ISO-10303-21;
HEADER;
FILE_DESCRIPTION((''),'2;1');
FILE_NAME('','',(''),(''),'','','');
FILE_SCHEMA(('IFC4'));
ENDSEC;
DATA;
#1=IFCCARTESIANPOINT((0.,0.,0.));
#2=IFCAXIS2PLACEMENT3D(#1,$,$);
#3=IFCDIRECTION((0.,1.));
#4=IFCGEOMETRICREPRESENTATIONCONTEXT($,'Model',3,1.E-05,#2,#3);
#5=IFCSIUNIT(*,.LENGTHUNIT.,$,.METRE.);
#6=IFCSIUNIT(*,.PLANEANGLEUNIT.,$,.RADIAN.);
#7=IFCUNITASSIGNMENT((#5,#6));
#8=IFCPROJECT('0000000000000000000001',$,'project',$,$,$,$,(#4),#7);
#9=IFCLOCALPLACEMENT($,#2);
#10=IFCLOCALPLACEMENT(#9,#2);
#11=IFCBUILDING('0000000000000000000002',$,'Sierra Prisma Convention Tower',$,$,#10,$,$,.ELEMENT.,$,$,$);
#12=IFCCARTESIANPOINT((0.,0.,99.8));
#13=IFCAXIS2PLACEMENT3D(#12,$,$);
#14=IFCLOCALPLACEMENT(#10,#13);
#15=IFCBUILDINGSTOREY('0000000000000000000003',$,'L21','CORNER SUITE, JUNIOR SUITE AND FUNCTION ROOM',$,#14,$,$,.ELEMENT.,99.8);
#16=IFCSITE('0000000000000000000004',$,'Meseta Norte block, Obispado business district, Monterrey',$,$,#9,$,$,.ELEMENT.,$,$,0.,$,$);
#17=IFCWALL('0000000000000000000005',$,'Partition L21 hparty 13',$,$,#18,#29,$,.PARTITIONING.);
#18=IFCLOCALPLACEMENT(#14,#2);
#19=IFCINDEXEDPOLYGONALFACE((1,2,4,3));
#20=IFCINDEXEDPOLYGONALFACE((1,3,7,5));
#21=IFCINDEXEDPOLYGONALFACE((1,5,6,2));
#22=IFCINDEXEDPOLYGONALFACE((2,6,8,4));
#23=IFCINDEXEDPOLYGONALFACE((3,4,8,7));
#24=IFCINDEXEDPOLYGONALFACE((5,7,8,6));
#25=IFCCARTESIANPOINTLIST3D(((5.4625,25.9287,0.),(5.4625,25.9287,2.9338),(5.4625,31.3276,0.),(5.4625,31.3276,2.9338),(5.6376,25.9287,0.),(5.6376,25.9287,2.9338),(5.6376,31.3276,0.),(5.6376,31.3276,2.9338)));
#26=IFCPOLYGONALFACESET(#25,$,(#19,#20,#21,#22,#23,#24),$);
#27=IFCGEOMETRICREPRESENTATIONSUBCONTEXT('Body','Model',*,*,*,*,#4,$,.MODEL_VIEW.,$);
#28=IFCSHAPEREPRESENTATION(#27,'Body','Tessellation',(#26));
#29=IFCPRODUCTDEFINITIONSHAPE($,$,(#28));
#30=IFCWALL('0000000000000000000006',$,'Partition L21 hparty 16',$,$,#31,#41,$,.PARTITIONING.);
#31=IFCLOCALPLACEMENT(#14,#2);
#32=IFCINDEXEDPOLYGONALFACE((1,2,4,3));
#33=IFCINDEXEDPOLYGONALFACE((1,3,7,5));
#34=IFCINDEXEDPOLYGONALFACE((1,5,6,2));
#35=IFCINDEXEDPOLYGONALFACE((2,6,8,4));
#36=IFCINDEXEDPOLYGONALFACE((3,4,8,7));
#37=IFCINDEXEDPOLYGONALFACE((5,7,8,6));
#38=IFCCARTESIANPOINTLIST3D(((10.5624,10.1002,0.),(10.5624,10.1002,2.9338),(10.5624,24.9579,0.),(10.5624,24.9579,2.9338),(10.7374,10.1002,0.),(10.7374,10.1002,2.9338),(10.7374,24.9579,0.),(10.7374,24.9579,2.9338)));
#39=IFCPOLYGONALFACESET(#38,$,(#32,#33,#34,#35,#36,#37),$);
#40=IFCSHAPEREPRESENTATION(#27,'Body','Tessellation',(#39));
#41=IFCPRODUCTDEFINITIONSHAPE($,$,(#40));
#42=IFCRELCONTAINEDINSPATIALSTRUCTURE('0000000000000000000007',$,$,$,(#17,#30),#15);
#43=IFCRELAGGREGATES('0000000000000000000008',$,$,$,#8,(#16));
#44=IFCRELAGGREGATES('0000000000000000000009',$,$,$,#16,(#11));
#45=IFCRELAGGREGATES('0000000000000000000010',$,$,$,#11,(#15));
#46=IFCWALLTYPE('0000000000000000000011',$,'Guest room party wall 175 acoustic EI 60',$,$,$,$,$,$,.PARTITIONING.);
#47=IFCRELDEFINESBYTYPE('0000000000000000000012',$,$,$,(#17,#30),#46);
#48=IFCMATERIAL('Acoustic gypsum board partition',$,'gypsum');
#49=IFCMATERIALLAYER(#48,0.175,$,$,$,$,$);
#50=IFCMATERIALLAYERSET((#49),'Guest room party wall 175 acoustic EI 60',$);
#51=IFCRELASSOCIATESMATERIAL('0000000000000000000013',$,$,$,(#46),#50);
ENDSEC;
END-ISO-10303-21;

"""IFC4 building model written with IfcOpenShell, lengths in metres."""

from ifc_helpers import new_model, si_unit, direction, frame, frame_2d, origin, place, context, subcontext, project, spatial, rectangle, extrude, material, layer, layer_set, type_object, element, save


model = new_model("IFC4")

# Units and contexts
model_context = context("Model", 3, precision=1e-05, world=origin(), true_north=direction((0.0, 1.0)))
body_context = subcontext(model_context, "Body", "Model", "MODEL_VIEW")
ifc_project = project(units=[si_unit("LENGTHUNIT", "METRE"), si_unit("PLANEANGLEUNIT", "RADIAN")], contexts=[model_context])

# Site, building, storey
site_placement = place(None, origin())
site = spatial("IfcSite", under=ifc_project, at=site_placement, Name="Meseta Norte block, Obispado business district, Monterrey", CompositionType="ELEMENT", RefElevation=0.0)
building_placement = place(site_placement, origin())
building = spatial("IfcBuilding", under=site, at=building_placement, Name="Sierra Prisma Convention Tower", CompositionType="ELEMENT")
storey_placement = place(building_placement, frame((0.0, 0.0, 99.8)))
storey = spatial("IfcBuildingStorey", under=building, at=storey_placement, Name="L21", Description="CORNER SUITE, JUNIOR SUITE AND FUNCTION ROOM", CompositionType="ELEMENT", Elevation=99.8)

# Walls
ifc_material_1 = material(Name="Acoustic gypsum board partition", Category="gypsum")
ifc_layer_1 = layer(ifc_material_1, 0.175)
ifc_layer_set_1 = layer_set([ifc_layer_1], Name="Guest room party wall 175 acoustic EI 60")
wall_type_1 = type_object("IfcWallType", Name="Guest room party wall 175 acoustic EI 60", PredefinedType="PARTITIONING", material=ifc_layer_set_1)
wall_1_placement = place(storey_placement, frame((5.55, 25.9287, 0.0), z_axis=(0.0, 0.0, 1.0), x_axis=(0.0, 1.0, 0.0)))
element("IfcWall", 1, at=wall_1_placement, inside=storey, type_object=wall_type_1, Name="Partition L21 hparty 13", PredefinedType="PARTITIONING", context=body_context, shape_type="SweptSolid", body=[
    extrude(rectangle(XDim=5.3989, YDim=0.175, at=frame_2d((2.6995, 0.0))), origin(), (0.0, 0.0, 1.0), 2.9338),
])
wall_2_placement = place(storey_placement, frame((10.6499, 24.9578, 0.0), z_axis=(0.0, 0.0, 1.0), x_axis=(0.0, -1.0, 0.0)))
element("IfcWall", 2, at=wall_2_placement, inside=storey, type_object=wall_type_1, Name="Partition L21 hparty 16", PredefinedType="PARTITIONING", context=body_context, shape_type="SweptSolid", body=[
    extrude(rectangle(XDim=14.8577, YDim=0.175, at=frame_2d((7.4287, 0.0))), origin(), (0.0, 0.0, 1.0), 2.9338),
])

save(model, "model.ifc")
